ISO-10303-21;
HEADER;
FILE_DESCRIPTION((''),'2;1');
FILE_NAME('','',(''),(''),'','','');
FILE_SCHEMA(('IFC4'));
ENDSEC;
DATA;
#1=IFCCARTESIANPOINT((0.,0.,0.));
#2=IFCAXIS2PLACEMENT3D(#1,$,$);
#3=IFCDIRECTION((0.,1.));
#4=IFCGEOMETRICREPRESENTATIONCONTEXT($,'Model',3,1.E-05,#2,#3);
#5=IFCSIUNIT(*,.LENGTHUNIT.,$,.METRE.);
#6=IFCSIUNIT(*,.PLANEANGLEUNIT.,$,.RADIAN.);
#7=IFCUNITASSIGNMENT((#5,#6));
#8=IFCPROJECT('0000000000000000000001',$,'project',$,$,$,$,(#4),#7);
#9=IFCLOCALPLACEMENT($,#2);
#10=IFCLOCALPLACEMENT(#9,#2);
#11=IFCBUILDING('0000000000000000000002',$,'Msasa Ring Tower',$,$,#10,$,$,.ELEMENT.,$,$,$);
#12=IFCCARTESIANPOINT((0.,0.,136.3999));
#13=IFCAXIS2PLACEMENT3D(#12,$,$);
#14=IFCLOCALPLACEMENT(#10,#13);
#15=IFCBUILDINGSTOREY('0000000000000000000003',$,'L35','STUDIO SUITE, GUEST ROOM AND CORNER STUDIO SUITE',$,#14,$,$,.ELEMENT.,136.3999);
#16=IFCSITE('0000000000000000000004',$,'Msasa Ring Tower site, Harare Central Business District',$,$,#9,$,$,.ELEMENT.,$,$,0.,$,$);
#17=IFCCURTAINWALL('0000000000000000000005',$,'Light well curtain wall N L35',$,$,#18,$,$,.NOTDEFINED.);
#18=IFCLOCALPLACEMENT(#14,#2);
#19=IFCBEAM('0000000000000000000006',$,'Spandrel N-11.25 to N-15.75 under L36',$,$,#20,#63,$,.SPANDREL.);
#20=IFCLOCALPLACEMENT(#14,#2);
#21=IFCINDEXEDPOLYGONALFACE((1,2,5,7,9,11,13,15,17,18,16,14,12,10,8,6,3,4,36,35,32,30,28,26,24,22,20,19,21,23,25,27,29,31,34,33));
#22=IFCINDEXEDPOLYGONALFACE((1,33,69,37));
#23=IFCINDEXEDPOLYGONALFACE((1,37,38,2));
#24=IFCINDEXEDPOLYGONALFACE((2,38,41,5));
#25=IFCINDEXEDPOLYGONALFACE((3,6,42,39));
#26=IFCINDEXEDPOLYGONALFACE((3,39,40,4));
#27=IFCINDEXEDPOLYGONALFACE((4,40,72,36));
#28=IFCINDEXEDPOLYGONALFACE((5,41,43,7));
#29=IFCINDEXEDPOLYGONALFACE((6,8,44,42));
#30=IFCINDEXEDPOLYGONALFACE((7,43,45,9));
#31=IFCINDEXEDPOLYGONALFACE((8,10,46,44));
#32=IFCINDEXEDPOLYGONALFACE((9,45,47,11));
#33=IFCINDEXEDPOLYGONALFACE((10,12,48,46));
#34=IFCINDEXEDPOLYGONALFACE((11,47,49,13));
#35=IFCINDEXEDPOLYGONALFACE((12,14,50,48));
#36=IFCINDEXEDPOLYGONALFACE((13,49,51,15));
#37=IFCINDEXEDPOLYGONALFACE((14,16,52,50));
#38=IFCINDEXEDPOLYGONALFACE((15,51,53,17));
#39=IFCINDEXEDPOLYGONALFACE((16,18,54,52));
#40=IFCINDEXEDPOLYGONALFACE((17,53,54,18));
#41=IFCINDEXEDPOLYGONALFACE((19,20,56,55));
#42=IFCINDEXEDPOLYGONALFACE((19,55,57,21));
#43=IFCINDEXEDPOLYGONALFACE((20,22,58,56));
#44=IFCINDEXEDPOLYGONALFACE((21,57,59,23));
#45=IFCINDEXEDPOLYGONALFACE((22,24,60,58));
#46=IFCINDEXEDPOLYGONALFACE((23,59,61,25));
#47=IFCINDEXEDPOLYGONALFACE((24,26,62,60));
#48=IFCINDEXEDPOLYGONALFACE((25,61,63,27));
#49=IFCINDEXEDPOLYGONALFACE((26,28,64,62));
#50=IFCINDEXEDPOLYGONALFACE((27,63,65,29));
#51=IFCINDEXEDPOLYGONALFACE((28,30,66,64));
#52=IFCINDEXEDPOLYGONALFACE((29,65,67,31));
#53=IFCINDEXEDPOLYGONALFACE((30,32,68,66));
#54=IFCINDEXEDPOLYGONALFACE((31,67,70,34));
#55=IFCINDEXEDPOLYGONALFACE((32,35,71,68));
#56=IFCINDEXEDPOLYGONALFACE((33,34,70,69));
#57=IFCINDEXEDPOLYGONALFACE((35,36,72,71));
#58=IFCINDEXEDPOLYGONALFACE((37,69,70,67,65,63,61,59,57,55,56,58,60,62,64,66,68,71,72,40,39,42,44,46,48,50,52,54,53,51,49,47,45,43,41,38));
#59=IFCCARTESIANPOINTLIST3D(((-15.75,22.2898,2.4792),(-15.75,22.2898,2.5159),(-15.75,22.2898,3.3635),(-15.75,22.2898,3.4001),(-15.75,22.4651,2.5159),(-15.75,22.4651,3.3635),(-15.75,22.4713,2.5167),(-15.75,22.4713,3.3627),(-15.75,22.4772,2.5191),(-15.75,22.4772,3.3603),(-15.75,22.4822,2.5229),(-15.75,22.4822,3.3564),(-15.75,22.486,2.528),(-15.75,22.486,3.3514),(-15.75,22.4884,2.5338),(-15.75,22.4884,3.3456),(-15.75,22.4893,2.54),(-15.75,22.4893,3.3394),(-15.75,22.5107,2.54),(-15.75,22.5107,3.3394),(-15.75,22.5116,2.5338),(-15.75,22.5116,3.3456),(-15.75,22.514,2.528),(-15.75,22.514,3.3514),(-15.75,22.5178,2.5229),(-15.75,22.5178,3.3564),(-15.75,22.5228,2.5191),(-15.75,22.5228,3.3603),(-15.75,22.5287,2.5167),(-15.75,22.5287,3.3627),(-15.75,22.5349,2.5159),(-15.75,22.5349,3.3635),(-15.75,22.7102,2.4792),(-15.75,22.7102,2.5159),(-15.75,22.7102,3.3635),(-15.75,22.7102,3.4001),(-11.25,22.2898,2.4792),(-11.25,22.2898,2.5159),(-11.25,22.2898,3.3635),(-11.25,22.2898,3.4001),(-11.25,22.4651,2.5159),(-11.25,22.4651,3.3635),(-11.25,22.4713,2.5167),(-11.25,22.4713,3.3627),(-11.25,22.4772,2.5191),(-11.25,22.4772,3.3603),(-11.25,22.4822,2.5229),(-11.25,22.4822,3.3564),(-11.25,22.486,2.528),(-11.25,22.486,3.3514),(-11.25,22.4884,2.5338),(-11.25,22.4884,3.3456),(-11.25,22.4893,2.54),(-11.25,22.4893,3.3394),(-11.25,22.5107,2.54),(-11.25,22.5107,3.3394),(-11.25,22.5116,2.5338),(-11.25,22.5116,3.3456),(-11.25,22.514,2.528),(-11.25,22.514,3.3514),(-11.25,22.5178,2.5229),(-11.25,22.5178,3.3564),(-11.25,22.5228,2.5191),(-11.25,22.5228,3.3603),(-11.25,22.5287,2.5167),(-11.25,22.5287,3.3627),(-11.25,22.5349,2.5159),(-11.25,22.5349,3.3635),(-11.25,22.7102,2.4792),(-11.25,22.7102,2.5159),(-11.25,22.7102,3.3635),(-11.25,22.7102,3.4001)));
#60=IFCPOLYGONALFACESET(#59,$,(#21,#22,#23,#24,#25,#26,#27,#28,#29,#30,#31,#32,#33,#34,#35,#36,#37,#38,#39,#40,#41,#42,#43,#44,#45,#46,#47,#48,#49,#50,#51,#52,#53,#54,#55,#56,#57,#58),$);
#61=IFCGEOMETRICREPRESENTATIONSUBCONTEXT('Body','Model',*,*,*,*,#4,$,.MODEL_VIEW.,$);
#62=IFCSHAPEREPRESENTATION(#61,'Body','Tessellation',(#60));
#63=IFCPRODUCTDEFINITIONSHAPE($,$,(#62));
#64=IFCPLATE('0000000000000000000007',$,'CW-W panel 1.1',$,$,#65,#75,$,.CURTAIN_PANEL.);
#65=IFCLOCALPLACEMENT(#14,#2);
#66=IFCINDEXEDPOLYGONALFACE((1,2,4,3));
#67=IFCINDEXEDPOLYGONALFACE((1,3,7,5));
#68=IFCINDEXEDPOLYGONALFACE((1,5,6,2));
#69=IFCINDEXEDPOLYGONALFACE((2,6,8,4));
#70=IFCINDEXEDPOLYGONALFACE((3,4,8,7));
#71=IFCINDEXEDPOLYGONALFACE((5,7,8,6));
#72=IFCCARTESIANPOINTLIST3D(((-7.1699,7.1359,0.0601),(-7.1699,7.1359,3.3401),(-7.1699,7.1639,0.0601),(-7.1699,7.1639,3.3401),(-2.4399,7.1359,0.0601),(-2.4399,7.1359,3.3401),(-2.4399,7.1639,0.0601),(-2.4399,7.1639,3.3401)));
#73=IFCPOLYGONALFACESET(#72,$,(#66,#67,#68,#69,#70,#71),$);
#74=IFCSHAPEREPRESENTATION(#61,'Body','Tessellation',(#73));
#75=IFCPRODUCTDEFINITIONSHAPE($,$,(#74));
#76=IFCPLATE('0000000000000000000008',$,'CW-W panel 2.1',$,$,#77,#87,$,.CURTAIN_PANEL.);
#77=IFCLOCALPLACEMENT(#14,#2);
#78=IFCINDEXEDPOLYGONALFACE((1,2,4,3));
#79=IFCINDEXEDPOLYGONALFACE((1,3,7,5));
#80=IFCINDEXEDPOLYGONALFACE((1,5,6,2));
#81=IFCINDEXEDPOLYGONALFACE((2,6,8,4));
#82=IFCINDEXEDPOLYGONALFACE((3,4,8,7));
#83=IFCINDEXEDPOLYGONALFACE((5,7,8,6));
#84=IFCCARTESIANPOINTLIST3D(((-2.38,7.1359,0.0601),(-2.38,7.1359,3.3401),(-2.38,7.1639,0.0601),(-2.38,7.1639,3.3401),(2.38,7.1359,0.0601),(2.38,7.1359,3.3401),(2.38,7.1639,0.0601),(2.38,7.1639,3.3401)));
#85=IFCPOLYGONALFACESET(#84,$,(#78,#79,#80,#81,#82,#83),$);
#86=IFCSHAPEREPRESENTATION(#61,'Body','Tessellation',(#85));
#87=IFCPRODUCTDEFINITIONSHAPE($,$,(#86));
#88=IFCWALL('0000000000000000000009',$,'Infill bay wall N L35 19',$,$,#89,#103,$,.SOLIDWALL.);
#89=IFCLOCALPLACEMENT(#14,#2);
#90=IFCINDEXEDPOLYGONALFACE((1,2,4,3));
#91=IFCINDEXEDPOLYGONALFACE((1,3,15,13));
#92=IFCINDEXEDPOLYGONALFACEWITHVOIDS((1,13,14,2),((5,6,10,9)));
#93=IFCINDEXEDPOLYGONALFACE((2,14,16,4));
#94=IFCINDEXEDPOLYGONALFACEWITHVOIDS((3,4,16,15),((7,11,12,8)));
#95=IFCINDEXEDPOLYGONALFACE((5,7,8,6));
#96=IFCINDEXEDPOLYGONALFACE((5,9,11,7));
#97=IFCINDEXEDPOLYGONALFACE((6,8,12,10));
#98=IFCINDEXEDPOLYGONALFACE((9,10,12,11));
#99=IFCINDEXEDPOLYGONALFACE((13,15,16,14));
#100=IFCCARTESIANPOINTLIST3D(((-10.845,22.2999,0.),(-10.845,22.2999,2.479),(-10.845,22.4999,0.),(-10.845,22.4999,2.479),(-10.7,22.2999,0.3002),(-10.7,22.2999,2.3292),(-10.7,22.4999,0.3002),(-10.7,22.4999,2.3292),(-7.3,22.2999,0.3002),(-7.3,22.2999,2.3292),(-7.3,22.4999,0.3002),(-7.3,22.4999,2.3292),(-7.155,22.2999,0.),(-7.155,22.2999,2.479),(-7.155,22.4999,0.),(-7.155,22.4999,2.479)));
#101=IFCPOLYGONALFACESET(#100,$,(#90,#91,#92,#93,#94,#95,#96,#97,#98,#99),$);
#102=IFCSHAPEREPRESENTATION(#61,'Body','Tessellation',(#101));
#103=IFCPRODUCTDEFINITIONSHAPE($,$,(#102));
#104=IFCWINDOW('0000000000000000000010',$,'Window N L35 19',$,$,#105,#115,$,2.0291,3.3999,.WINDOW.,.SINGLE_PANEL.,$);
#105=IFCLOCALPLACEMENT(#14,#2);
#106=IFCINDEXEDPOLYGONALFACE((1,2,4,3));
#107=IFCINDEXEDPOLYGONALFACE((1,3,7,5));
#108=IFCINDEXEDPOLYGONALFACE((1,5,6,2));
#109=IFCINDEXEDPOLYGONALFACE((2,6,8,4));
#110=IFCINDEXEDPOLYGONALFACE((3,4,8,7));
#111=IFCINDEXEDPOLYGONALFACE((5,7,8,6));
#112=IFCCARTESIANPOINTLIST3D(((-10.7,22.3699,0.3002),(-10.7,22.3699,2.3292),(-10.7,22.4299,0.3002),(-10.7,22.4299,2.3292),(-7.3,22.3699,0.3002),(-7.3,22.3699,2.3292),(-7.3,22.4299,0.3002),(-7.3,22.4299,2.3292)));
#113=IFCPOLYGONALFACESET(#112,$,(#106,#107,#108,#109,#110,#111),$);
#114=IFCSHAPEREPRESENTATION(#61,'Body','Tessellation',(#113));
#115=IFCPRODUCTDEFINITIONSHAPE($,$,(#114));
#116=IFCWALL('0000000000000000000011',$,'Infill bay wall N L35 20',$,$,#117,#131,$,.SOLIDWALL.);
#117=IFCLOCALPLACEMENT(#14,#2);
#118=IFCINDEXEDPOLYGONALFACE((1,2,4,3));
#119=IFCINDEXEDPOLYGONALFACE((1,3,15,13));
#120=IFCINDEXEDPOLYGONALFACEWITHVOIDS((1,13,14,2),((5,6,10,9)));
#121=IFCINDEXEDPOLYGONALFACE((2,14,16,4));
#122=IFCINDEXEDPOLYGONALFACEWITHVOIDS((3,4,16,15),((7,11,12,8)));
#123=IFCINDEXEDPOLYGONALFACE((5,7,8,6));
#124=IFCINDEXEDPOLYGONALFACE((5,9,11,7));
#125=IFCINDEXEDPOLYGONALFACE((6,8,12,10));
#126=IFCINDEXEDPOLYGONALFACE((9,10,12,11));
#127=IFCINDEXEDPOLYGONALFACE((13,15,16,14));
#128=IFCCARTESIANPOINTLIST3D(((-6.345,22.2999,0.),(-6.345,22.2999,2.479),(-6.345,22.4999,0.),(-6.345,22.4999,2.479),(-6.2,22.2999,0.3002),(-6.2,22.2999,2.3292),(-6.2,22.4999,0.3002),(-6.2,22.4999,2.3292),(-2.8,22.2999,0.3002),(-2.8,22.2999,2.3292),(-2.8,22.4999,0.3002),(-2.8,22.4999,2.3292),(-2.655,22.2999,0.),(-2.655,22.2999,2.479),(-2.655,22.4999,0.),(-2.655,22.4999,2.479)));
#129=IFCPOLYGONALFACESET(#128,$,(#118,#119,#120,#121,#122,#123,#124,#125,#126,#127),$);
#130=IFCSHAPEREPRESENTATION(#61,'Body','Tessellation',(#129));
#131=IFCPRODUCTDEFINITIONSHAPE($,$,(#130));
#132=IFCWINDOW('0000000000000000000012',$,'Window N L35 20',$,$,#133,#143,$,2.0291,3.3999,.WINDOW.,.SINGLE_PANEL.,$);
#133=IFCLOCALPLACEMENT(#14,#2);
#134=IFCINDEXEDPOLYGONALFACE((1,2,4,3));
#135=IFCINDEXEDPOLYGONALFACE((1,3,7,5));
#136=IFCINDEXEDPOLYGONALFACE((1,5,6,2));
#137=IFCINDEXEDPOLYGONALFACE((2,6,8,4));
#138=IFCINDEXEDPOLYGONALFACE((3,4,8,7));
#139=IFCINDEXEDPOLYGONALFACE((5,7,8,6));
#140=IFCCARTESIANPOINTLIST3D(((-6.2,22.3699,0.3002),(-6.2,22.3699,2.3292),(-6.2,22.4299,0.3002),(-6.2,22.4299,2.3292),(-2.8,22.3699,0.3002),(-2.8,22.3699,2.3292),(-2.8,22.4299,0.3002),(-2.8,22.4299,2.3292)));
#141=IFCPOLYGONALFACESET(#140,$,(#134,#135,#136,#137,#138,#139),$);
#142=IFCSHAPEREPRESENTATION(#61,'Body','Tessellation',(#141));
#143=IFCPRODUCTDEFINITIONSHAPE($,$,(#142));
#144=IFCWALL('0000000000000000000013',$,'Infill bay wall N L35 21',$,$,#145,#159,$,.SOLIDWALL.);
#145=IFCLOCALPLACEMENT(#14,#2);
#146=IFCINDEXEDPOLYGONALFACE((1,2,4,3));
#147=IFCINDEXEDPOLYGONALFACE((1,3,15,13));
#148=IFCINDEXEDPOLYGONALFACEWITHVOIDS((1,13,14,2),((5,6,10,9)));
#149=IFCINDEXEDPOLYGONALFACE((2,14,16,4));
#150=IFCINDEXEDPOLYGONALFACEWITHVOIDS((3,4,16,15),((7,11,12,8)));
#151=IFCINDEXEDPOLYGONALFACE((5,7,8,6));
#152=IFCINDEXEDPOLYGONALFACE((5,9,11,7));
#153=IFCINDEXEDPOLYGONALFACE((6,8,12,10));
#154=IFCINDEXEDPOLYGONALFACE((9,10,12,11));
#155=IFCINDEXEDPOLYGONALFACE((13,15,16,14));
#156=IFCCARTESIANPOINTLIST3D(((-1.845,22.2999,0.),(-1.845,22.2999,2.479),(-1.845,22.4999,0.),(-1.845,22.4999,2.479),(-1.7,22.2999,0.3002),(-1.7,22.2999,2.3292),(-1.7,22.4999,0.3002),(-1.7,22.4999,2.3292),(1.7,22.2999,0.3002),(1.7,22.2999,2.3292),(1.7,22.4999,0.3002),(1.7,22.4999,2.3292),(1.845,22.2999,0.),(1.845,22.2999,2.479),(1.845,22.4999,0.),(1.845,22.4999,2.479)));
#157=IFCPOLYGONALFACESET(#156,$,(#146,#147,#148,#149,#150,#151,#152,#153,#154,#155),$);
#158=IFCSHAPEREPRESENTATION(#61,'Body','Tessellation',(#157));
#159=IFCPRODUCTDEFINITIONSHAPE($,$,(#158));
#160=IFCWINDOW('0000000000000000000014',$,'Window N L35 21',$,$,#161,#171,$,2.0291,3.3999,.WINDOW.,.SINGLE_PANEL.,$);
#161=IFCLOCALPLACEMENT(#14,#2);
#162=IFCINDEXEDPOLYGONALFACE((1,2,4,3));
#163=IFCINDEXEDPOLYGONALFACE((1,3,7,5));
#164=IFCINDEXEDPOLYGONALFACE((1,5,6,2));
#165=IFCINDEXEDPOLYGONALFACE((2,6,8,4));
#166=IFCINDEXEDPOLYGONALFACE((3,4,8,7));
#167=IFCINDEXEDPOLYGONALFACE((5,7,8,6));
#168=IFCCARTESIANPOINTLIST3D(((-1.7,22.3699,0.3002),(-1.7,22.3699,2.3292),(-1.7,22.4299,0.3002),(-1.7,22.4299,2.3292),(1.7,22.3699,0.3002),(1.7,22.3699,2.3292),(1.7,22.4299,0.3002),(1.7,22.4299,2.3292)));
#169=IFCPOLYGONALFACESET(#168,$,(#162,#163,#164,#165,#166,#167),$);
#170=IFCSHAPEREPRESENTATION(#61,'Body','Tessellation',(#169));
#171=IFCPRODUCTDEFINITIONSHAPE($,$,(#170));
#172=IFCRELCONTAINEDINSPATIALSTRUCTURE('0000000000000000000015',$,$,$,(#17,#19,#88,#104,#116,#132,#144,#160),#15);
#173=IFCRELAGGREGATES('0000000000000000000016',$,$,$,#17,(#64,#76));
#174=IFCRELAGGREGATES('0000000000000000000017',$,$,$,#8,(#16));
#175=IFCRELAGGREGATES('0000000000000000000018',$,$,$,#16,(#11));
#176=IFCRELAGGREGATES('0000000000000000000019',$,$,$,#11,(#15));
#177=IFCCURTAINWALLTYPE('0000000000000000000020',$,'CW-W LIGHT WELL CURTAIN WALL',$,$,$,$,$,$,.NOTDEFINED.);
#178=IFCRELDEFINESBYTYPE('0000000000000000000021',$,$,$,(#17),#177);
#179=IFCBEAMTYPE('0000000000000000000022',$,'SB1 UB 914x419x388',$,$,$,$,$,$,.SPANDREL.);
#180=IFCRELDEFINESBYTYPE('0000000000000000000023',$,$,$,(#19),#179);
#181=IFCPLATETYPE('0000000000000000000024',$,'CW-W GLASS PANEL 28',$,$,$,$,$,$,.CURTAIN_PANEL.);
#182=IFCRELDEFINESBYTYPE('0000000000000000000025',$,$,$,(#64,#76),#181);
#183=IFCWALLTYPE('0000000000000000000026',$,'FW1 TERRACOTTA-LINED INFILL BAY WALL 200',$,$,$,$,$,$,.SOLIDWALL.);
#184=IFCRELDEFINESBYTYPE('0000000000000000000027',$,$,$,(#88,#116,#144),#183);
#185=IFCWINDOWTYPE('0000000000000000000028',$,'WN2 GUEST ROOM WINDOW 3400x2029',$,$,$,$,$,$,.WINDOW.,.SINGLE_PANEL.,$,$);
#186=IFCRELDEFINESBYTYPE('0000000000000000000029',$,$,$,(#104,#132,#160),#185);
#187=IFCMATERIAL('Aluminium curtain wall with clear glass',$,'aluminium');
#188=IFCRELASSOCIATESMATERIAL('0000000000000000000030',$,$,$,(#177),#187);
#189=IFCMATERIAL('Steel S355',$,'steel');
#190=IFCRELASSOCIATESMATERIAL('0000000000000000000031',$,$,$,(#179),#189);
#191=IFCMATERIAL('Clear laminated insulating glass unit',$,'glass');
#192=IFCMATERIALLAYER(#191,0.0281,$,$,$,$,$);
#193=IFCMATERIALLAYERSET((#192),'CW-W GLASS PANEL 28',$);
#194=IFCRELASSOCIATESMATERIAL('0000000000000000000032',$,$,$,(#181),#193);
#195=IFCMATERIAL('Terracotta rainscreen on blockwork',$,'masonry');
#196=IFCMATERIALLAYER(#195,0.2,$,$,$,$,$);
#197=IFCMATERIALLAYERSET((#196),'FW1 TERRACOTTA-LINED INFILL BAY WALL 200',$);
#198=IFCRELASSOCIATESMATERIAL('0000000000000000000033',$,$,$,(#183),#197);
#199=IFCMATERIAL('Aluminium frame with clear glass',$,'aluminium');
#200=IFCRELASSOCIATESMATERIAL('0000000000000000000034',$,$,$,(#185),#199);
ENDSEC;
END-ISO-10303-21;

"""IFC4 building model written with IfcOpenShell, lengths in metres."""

from ifc_helpers import new_model, si_unit, direction, frame, frame_2d, origin, origin_2d, place, context, subcontext, project, spatial, rectangle, i_section, extrude, material, layer, layer_set, material_profile, profile_set, type_object, element, fill, aggregate, save


model = new_model("IFC4")

# Units and contexts
model_context = context("Model", 3, precision=1e-05, world=origin(), true_north=direction((0.0, 1.0)))
body_context = subcontext(model_context, "Body", "Model", "MODEL_VIEW")
ifc_project = project(units=[si_unit("LENGTHUNIT", "METRE"), si_unit("PLANEANGLEUNIT", "RADIAN")], contexts=[model_context])

# Site, building, storey
site_placement = place(None, origin())
site = spatial("IfcSite", under=ifc_project, at=site_placement, Name="Msasa Ring Tower site, Harare Central Business District", CompositionType="ELEMENT", RefElevation=0.0)
building_placement = place(site_placement, origin())
building = spatial("IfcBuilding", under=site, at=building_placement, Name="Msasa Ring Tower", CompositionType="ELEMENT")
storey_placement = place(building_placement, frame((0.0, 0.0, 136.3999)))
storey = spatial("IfcBuildingStorey", under=building, at=storey_placement, Name="L35", Description="STUDIO SUITE, GUEST ROOM AND CORNER STUDIO SUITE", CompositionType="ELEMENT", Elevation=136.3999)

# Curtain wall
ifc_material_1 = material(Name="Aluminium curtain wall with clear glass", Category="aluminium")
curtain_wall_type = type_object("IfcCurtainWallType", Name="CW-W LIGHT WELL CURTAIN WALL", PredefinedType="NOTDEFINED", material=ifc_material_1)
curtain_wall_placement = place(storey_placement, origin())
curtain_wall = element("IfcCurtainWall", 1, at=curtain_wall_placement, inside=storey, type_object=curtain_wall_type, Name="Light well curtain wall N L35", PredefinedType="NOTDEFINED")

# Beam
ifc_material_2 = material(Name="Steel S355", Category="steel")
ifc_material_profile_1 = material_profile(ifc_material_2, i_section(OverallWidth=0.4204, OverallDepth=0.9209, WebThickness=0.0215, FlangeThickness=0.0366, FilletRadius=0.0242, at=origin_2d()), Name="UB 914x419x388")
ifc_profile_set_1 = profile_set([ifc_material_profile_1], Name="Steel S355")
beam_type_1 = type_object("IfcBeamType", Name="SB1 UB 914x419x388", PredefinedType="SPANDREL", material=ifc_profile_set_1)
for number, where, z_axis, x_axis, name in (
    (2, (-11.25, 22.5, 2.9397), (-1.0, 0.0, 0.0), (0.0, -1.0, 0.0), "Spandrel N-11.25 to N-15.75 under L36"),
):
    element("IfcBeam", number, at=place(storey_placement, frame(where, z_axis=z_axis, x_axis=x_axis)), inside=storey, type_object=beam_type_1, Name=name, PredefinedType="SPANDREL", context=body_context, shape_type="SweptSolid", body=[
        extrude(i_section(OverallWidth=0.4204, OverallDepth=0.9209, WebThickness=0.0215, FlangeThickness=0.0366, FilletRadius=0.0242, at=origin_2d()), origin(), (0.0, 0.0, 1.0), 4.5),
    ])

# Plates
ifc_material_3 = material(Name="Clear laminated insulating glass unit", Category="glass")
ifc_layer_1 = layer(ifc_material_3, 0.0281)
ifc_layer_set_1 = layer_set([ifc_layer_1], Name="CW-W GLASS PANEL 28")
plate_type = type_object("IfcPlateType", Name="CW-W GLASS PANEL 28", PredefinedType="CURTAIN_PANEL", material=ifc_layer_set_1)
plate_1_placement = place(storey_placement, frame((-4.8049, 7.1499, 0.0601), z_axis=(0.0, 0.0, 1.0), x_axis=(1.0, 0.0, 0.0)))
plate_1 = element("IfcPlate", 3, at=plate_1_placement, type_object=plate_type, Name="CW-W panel 1.1", PredefinedType="CURTAIN_PANEL", context=body_context, shape_type="SweptSolid", body=[
    extrude(rectangle(XDim=4.73, YDim=0.0281, at=origin_2d()), origin(), (0.0, 0.0, 1.0), 3.28),
])
plate_2_placement = place(storey_placement, frame((0.0, 7.1499, 0.0601), z_axis=(0.0, 0.0, 1.0), x_axis=(1.0, 0.0, 0.0)))
plate_2 = element("IfcPlate", 4, at=plate_2_placement, type_object=plate_type, Name="CW-W panel 2.1", PredefinedType="CURTAIN_PANEL", context=body_context, shape_type="SweptSolid", body=[
    extrude(rectangle(XDim=4.76, YDim=0.0281, at=origin_2d()), origin(), (0.0, 0.0, 1.0), 3.28),
])
aggregate(curtain_wall, [plate_1, plate_2])

# Walls, openings, windows
ifc_material_4 = material(Name="Terracotta rainscreen on blockwork", Category="masonry")
ifc_layer_2 = layer(ifc_material_4, 0.2)
ifc_layer_set_2 = layer_set([ifc_layer_2], Name="FW1 TERRACOTTA-LINED INFILL BAY WALL 200")
wall_type_1 = type_object("IfcWallType", Name="FW1 TERRACOTTA-LINED INFILL BAY WALL 200", PredefinedType="SOLIDWALL", material=ifc_layer_set_2)
wall_1_placement = place(storey_placement, frame((-10.845, 22.3999, 0.0), z_axis=(0.0, 0.0, 1.0), x_axis=(1.0, 0.0, 0.0)))
wall_1 = element("IfcWall", 5, at=wall_1_placement, inside=storey, type_object=wall_type_1, Name="Infill bay wall N L35 19", PredefinedType="SOLIDWALL", context=body_context, shape_type="SweptSolid", body=[
    extrude(rectangle(XDim=3.6899, YDim=0.2, at=frame_2d((1.845, 0.0))), origin(), (0.0, 0.0, 1.0), 2.479),
])
opening_1_placement = place(wall_1_placement, frame((0.145, 0.0, 0.3)))
opening_1 = element("IfcOpeningElement", 6, at=opening_1_placement, cuts=wall_1, PredefinedType="OPENING", context=body_context, shape_type="SweptSolid", body=[
    extrude(rectangle(XDim=3.3999, YDim=2.0291, at=frame_2d((1.7, 1.0146))), frame((0.0, 0.1099, 0.0), z_axis=(0.0, -1.0, 0.0), x_axis=(1.0, 0.0, 0.0)), (0.0, 0.0, 1.0), 0.22),
])
ifc_material_5 = material(Name="Aluminium frame with clear glass", Category="aluminium")
window_type = type_object("IfcWindowType", Name="WN2 GUEST ROOM WINDOW 3400x2029", PartitioningType="SINGLE_PANEL", PredefinedType="WINDOW", material=ifc_material_5)
window_1_placement = place(opening_1_placement, origin())
window_1 = element("IfcWindow", 7, at=window_1_placement, inside=storey, type_object=window_type, Name="Window N L35 19", OverallHeight=2.0291, OverallWidth=3.3999, PartitioningType="SINGLE_PANEL", PredefinedType="WINDOW", context=body_context, shape_type="SweptSolid", body=[
    extrude(rectangle(XDim=3.3999, YDim=2.0291, at=frame_2d((1.7, 1.0146))), frame((0.0, 0.03, 0.0), z_axis=(0.0, -1.0, 0.0), x_axis=(1.0, 0.0, 0.0)), (0.0, 0.0, 1.0), 0.0601),
])
fill(opening_1, window_1)
wall_2_placement = place(storey_placement, frame((-6.345, 22.3999, 0.0), z_axis=(0.0, 0.0, 1.0), x_axis=(1.0, 0.0, 0.0)))
wall_2 = element("IfcWall", 8, at=wall_2_placement, inside=storey, type_object=wall_type_1, Name="Infill bay wall N L35 20", PredefinedType="SOLIDWALL", context=body_context, shape_type="SweptSolid", body=[
    extrude(rectangle(XDim=3.6899, YDim=0.2, at=frame_2d((1.845, 0.0))), origin(), (0.0, 0.0, 1.0), 2.479),
])
opening_2_placement = place(wall_2_placement, frame((0.145, 0.0, 0.3)))
opening_2 = element("IfcOpeningElement", 9, at=opening_2_placement, cuts=wall_2, PredefinedType="OPENING", context=body_context, shape_type="SweptSolid", body=[
    extrude(rectangle(XDim=3.3999, YDim=2.0291, at=frame_2d((1.7, 1.0146))), frame((0.0, 0.1099, 0.0), z_axis=(0.0, -1.0, 0.0), x_axis=(1.0, 0.0, 0.0)), (0.0, 0.0, 1.0), 0.22),
])
window_2_placement = place(opening_2_placement, origin())
window_2 = element("IfcWindow", 10, at=window_2_placement, inside=storey, type_object=window_type, Name="Window N L35 20", OverallHeight=2.0291, OverallWidth=3.3999, PartitioningType="SINGLE_PANEL", PredefinedType="WINDOW", context=body_context, shape_type="SweptSolid", body=[
    extrude(rectangle(XDim=3.3999, YDim=2.0291, at=frame_2d((1.7, 1.0146))), frame((0.0, 0.03, 0.0), z_axis=(0.0, -1.0, 0.0), x_axis=(1.0, 0.0, 0.0)), (0.0, 0.0, 1.0), 0.0601),
])
fill(opening_2, window_2)
wall_3_placement = place(storey_placement, frame((-1.845, 22.3999, 0.0), z_axis=(0.0, 0.0, 1.0), x_axis=(1.0, 0.0, 0.0)))
wall_3 = element("IfcWall", 11, at=wall_3_placement, inside=storey, type_object=wall_type_1, Name="Infill bay wall N L35 21", PredefinedType="SOLIDWALL", context=body_context, shape_type="SweptSolid", body=[
    extrude(rectangle(XDim=3.6899, YDim=0.2, at=frame_2d((1.845, 0.0))), origin(), (0.0, 0.0, 1.0), 2.479),
])
opening_3_placement = place(wall_3_placement, frame((0.145, 0.0, 0.3)))
opening_3 = element("IfcOpeningElement", 12, at=opening_3_placement, cuts=wall_3, PredefinedType="OPENING", context=body_context, shape_type="SweptSolid", body=[
    extrude(rectangle(XDim=3.3999, YDim=2.0291, at=frame_2d((1.7, 1.0146))), frame((0.0, 0.1099, 0.0), z_axis=(0.0, -1.0, 0.0), x_axis=(1.0, 0.0, 0.0)), (0.0, 0.0, 1.0), 0.22),
])
window_3_placement = place(opening_3_placement, origin())
window_3 = element("IfcWindow", 13, at=window_3_placement, inside=storey, type_object=window_type, Name="Window N L35 21", OverallHeight=2.0291, OverallWidth=3.3999, PartitioningType="SINGLE_PANEL", PredefinedType="WINDOW", context=body_context, shape_type="SweptSolid", body=[
    extrude(rectangle(XDim=3.3999, YDim=2.0291, at=frame_2d((1.7, 1.0146))), frame((0.0, 0.03, 0.0), z_axis=(0.0, -1.0, 0.0), x_axis=(1.0, 0.0, 0.0)), (0.0, 0.0, 1.0), 0.0601),
])
fill(opening_3, window_3)

save(model, "model.ifc")
